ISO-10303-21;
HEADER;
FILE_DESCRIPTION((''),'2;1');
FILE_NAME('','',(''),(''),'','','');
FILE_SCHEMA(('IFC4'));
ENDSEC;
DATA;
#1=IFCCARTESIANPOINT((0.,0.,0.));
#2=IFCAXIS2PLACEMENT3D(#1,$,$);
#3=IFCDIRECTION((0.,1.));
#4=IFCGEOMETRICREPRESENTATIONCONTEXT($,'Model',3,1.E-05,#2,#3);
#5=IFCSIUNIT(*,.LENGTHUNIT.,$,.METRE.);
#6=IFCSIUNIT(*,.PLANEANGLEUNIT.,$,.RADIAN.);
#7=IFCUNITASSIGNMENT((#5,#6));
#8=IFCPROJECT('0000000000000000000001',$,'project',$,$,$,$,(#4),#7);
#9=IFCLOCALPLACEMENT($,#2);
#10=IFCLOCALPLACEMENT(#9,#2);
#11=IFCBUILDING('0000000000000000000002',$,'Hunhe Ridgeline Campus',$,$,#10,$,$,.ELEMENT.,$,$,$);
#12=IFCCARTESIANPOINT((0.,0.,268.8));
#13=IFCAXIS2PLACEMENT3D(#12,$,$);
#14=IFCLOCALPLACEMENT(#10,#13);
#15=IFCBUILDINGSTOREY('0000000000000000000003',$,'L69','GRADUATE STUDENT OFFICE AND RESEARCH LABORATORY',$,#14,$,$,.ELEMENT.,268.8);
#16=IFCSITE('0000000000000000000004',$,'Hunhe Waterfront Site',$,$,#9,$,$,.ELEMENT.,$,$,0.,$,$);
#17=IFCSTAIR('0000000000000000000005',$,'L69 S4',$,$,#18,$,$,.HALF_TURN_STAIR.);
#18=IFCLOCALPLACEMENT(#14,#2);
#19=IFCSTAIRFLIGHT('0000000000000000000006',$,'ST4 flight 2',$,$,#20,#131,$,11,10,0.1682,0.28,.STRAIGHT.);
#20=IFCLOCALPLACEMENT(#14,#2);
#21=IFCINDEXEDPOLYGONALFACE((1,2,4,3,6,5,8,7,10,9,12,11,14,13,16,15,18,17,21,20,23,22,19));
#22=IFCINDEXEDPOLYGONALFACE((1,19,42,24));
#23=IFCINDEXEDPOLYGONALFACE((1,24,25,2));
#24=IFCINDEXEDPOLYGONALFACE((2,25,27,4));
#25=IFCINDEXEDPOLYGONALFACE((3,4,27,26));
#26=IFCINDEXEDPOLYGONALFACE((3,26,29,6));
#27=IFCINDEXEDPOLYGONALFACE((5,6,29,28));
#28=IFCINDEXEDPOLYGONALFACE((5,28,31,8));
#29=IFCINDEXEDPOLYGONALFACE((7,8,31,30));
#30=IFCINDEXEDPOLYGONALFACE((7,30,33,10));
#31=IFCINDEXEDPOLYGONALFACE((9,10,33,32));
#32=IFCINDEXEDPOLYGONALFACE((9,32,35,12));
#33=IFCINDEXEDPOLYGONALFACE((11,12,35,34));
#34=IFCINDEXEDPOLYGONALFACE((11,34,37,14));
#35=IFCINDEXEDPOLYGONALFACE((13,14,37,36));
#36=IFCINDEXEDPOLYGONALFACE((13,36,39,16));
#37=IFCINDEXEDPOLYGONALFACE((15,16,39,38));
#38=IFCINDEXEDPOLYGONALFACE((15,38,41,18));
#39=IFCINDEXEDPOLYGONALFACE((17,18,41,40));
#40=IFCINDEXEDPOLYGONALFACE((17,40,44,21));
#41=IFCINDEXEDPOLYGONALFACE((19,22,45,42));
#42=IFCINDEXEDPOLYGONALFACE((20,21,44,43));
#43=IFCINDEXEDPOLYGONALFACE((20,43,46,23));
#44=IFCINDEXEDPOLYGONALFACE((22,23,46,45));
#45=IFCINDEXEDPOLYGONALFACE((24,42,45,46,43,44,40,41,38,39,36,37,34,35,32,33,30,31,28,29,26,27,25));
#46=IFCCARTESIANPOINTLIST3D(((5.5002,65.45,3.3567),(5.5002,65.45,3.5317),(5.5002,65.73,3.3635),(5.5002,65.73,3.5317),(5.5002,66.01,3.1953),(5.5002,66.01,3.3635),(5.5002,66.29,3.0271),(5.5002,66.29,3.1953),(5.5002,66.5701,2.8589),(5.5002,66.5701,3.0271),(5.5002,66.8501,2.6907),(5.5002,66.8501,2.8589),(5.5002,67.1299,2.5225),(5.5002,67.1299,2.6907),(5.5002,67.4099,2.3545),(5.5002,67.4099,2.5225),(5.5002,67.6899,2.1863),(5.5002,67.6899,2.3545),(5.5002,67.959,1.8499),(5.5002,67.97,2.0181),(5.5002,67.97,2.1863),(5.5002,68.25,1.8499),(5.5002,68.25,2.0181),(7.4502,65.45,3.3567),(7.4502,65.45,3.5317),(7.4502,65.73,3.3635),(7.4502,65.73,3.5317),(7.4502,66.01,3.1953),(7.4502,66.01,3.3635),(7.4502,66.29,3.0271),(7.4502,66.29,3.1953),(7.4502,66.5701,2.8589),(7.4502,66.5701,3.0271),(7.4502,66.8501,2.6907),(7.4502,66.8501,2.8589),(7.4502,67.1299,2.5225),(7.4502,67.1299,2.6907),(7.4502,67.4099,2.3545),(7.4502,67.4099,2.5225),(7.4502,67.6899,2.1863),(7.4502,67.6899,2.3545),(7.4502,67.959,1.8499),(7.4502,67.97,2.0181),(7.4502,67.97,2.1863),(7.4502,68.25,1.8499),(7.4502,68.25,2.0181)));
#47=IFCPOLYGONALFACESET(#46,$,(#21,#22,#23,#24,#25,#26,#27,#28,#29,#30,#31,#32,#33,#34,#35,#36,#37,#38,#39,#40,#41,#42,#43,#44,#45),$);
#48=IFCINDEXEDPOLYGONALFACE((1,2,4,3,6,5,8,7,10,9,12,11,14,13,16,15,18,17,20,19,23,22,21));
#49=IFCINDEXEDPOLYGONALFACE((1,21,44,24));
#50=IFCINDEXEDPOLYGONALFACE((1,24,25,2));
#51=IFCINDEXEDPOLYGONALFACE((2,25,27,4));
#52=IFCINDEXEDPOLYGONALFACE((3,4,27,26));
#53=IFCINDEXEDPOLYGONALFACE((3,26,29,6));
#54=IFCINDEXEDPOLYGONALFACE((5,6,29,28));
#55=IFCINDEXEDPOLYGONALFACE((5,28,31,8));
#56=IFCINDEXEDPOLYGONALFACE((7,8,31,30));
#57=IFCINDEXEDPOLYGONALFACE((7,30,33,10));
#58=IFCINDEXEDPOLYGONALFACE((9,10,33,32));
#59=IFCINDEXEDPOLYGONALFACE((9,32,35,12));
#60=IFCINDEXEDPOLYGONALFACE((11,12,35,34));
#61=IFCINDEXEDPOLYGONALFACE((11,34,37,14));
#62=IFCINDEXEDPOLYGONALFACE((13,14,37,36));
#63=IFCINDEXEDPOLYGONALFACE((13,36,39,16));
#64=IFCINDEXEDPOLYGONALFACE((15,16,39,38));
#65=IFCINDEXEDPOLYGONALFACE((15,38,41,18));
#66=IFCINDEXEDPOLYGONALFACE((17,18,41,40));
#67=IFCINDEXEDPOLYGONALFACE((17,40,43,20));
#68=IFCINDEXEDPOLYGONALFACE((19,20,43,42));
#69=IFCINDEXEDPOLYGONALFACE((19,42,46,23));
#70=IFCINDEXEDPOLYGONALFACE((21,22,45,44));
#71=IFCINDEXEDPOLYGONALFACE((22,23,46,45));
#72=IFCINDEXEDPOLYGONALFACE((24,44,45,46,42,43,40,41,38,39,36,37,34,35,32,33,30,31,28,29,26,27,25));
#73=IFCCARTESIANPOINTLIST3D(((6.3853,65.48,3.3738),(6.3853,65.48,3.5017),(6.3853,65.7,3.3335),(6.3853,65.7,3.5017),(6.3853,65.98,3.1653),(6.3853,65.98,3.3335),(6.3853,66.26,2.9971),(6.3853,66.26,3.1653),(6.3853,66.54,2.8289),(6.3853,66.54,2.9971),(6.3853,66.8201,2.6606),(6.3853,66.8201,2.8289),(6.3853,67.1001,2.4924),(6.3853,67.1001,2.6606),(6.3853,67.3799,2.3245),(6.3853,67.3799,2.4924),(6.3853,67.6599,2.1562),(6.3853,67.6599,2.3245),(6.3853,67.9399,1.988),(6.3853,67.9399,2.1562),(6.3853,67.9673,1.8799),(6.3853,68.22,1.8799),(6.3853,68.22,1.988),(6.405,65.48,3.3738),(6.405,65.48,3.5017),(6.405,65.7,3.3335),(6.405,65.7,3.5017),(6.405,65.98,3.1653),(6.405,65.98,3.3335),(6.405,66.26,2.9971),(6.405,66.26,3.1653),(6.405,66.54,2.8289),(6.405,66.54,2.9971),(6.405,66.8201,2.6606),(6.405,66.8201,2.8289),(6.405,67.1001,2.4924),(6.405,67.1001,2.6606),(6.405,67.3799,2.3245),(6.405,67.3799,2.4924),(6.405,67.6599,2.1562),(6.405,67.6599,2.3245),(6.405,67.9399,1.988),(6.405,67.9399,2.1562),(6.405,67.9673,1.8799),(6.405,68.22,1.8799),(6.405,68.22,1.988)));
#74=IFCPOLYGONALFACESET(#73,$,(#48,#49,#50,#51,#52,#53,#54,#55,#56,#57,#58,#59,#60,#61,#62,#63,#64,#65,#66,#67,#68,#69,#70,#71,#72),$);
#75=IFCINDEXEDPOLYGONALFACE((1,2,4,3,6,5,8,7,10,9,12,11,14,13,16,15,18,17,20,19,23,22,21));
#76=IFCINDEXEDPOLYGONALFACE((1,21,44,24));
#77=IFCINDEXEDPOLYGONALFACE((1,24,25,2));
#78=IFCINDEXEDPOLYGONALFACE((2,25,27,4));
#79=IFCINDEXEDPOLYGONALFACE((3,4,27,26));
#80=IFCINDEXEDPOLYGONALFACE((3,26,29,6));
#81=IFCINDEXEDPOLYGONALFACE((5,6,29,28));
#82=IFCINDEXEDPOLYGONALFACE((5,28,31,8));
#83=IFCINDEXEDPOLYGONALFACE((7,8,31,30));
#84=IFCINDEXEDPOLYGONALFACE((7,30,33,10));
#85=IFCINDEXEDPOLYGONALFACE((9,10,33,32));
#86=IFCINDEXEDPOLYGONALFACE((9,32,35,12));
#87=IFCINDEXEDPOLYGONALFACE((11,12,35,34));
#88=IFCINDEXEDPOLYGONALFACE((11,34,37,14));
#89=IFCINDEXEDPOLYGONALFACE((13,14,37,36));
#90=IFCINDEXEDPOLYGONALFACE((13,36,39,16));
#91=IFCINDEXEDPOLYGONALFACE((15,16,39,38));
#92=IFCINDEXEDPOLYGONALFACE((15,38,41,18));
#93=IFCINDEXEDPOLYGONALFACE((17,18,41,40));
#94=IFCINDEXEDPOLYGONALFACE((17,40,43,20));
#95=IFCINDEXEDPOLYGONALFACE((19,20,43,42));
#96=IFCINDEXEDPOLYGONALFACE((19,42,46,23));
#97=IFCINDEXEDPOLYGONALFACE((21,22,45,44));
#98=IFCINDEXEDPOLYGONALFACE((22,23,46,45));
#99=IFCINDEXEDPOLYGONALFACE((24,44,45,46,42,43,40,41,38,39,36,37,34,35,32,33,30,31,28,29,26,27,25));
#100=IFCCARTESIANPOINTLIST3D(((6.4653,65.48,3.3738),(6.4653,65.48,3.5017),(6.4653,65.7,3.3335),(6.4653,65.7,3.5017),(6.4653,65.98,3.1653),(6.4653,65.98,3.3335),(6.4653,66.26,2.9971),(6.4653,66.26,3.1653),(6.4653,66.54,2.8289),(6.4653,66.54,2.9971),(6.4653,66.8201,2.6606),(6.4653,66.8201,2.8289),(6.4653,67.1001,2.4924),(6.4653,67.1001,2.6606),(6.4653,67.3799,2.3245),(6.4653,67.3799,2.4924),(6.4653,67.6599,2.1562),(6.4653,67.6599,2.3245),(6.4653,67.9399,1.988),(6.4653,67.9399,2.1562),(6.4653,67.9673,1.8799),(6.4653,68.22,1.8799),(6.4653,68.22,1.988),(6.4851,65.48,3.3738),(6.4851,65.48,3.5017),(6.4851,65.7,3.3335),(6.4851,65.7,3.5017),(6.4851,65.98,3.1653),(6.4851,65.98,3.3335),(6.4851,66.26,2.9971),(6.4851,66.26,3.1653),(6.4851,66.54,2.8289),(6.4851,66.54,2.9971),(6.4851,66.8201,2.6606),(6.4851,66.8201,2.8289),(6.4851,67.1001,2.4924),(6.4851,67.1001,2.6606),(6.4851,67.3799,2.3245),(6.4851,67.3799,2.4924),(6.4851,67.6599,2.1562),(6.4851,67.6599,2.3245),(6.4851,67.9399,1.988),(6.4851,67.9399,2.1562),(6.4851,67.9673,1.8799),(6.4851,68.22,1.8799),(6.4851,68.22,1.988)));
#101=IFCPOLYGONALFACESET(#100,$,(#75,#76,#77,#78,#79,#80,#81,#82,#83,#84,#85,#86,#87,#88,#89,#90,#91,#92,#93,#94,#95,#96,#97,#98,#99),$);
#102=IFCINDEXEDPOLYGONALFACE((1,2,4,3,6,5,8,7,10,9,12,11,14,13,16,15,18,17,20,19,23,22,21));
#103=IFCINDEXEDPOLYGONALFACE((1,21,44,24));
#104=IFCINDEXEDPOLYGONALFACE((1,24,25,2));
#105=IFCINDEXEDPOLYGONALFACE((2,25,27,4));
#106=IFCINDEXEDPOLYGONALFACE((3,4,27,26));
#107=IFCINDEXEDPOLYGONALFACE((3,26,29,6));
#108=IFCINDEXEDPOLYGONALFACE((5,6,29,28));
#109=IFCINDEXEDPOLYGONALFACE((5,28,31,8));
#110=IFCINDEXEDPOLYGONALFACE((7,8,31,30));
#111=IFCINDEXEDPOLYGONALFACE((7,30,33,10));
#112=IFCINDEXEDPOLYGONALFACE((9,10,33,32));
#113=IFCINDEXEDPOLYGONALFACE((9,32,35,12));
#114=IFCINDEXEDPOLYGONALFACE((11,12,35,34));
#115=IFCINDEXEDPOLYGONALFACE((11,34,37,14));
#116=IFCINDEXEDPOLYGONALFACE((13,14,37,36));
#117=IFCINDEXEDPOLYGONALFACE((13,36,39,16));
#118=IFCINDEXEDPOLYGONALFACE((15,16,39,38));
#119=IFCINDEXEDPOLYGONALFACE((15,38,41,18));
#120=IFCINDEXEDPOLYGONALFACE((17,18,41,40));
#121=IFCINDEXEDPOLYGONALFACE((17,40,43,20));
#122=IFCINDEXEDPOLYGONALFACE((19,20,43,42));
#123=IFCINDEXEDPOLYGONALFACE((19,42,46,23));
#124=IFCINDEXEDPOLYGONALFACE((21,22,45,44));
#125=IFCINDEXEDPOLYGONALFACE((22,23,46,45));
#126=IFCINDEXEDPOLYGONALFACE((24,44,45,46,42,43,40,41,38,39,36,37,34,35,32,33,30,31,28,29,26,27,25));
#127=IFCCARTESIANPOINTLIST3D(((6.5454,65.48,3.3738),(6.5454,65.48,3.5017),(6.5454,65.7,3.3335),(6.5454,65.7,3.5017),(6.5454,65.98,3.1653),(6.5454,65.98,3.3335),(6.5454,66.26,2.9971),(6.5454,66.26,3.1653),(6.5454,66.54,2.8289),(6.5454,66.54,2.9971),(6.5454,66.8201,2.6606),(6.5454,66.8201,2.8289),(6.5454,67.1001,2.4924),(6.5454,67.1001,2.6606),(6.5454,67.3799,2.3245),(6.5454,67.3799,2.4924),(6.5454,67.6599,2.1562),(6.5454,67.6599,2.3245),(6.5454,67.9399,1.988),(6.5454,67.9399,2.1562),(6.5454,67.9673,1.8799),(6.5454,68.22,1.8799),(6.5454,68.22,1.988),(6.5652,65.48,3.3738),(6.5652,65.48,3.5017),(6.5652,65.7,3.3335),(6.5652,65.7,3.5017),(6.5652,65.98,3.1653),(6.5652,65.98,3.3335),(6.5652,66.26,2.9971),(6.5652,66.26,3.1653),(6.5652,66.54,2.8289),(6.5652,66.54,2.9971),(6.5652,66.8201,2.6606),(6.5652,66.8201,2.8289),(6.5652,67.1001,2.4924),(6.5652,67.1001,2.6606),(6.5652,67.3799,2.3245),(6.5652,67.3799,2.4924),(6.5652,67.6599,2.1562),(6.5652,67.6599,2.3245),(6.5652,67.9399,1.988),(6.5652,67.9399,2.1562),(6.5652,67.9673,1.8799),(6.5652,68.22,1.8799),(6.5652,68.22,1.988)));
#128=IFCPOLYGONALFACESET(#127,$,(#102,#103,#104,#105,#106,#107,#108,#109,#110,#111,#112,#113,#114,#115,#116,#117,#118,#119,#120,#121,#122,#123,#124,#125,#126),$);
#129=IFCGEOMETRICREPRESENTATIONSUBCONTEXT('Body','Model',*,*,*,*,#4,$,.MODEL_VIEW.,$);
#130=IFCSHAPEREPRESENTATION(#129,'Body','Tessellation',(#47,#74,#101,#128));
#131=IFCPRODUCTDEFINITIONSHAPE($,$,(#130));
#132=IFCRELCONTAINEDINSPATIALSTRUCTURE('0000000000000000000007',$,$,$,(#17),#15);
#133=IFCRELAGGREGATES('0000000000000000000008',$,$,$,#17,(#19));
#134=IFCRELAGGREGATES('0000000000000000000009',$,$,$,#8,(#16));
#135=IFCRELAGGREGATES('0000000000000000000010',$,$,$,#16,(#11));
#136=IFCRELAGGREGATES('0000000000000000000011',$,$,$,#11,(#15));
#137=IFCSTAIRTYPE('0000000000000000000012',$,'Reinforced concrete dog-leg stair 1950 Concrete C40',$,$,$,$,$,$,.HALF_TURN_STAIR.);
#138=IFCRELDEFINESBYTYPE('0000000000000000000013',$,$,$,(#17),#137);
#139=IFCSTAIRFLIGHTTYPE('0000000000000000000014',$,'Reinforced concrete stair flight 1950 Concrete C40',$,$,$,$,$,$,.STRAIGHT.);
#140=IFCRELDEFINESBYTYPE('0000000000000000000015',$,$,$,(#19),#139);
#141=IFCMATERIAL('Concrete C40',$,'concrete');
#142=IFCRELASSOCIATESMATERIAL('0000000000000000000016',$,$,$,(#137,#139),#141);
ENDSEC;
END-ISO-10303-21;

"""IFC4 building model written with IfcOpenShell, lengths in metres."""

from ifc_helpers import new_model, si_unit, direction, frame, origin, place, context, subcontext, project, spatial, polyline, outline, extrude, material, type_object, element, aggregate, save


model = new_model("IFC4")

# Units and contexts
model_context = context("Model", 3, precision=1e-05, world=origin(), true_north=direction((0.0, 1.0)))
body_context = subcontext(model_context, "Body", "Model", "MODEL_VIEW")
ifc_project = project(units=[si_unit("LENGTHUNIT", "METRE"), si_unit("PLANEANGLEUNIT", "RADIAN")], contexts=[model_context])

# Site, building, storey
site_placement = place(None, origin())
site = spatial("IfcSite", under=ifc_project, at=site_placement, Name="Hunhe Waterfront Site", CompositionType="ELEMENT", RefElevation=0.0)
building_placement = place(site_placement, origin())
building = spatial("IfcBuilding", under=site, at=building_placement, Name="Hunhe Ridgeline Campus", CompositionType="ELEMENT")
storey_placement = place(building_placement, frame((0.0, 0.0, 268.8)))
storey = spatial("IfcBuildingStorey", under=building, at=storey_placement, Name="L69", Description="GRADUATE STUDENT OFFICE AND RESEARCH LABORATORY", CompositionType="ELEMENT", Elevation=268.8)

# Stair, stair flight
ifc_material_1 = material(Name="Concrete C40", Category="concrete")
stair_type = type_object("IfcStairType", Name="Reinforced concrete dog-leg stair 1950 Concrete C40", PredefinedType="HALF_TURN_STAIR", material=ifc_material_1)
stair_flight_type = type_object("IfcStairFlightType", Name="Reinforced concrete stair flight 1950 Concrete C40", PredefinedType="STRAIGHT", material=ifc_material_1)
stair_1_placement = place(storey_placement, origin())
stair_1 = element("IfcStair", 1, at=stair_1_placement, inside=storey, type_object=stair_type, Name="L69 S4", PredefinedType="HALF_TURN_STAIR")
stair_flight_1_placement = place(storey_placement, frame((6.4751, 68.25, 1.8499), z_axis=(0.0, 0.0, 1.0), x_axis=(0.0, -1.0, 0.0)))
stair_flight_1 = element("IfcStairFlight", 2, at=stair_flight_1_placement, type_object=stair_flight_type, Name="ST4 flight 2", NumberOfRisers=11, NumberOfTreads=10, PredefinedType="STRAIGHT", RiserHeight=0.1682, TreadLength=0.28, context=body_context, shape_type="SweptSolid", body=[
    extrude(outline(polyline([(0.0, 0.0), (0.0, 0.1682), (0.28, 0.1682), (0.28, 0.3364), (0.5601, 0.3364), (0.5601, 0.5046), (0.8401, 0.5046), (0.8401, 0.6726), (1.1201, 0.6726), (1.1201, 0.8408), (1.3999, 0.8408), (1.3999, 1.009), (1.6799, 1.009), (1.6799, 1.1772), (1.96, 1.1772), (1.96, 1.3455), (2.24, 1.3455), (2.24, 1.5137), (2.52, 1.5137), (2.52, 1.6819), (2.8, 1.6819), (2.8, 1.8501), (2.8, 1.5068), (0.291, 0.0), (0.0, 0.0)])), frame((0.0, 0.9751, 0.0), z_axis=(0.0, -1.0, 0.0), x_axis=(1.0, 0.0, 0.0)), (0.0, 0.0, 1.0), 1.95),
    extrude(outline(polyline([(0.03, 0.03), (0.03, 0.1382), (0.3101, 0.1382), (0.3101, 0.3064), (0.5901, 0.3064), (0.5901, 0.4746), (0.8701, 0.4746), (0.8701, 0.6426), (1.1499, 0.6426), (1.1499, 0.8108), (1.4299, 0.8108), (1.4299, 0.979), (1.71, 0.979), (1.71, 1.1472), (1.99, 1.1472), (1.99, 1.3154), (2.27, 1.3154), (2.27, 1.4836), (2.55, 1.4836), (2.55, 1.6519), (2.77, 1.6519), (2.77, 1.5239), (0.2827, 0.03), (0.03, 0.03)])), frame((0.0, -0.0701, 0.0), z_axis=(0.0, -1.0, 0.0), x_axis=(1.0, 0.0, 0.0)), (0.0, 0.0, 1.0), 0.0198),
    extrude(outline(polyline([(0.03, 0.03), (0.03, 0.1382), (0.3101, 0.1382), (0.3101, 0.3064), (0.5901, 0.3064), (0.5901, 0.4746), (0.8701, 0.4746), (0.8701, 0.6426), (1.1499, 0.6426), (1.1499, 0.8108), (1.4299, 0.8108), (1.4299, 0.979), (1.71, 0.979), (1.71, 1.1472), (1.99, 1.1472), (1.99, 1.3154), (2.27, 1.3154), (2.27, 1.4836), (2.55, 1.4836), (2.55, 1.6519), (2.77, 1.6519), (2.77, 1.5239), (0.2827, 0.03), (0.03, 0.03)])), frame((0.0, 0.01, 0.0), z_axis=(0.0, -1.0, 0.0), x_axis=(1.0, 0.0, 0.0)), (0.0, 0.0, 1.0), 0.0198),
    extrude(outline(polyline([(0.03, 0.03), (0.03, 0.1382), (0.3101, 0.1382), (0.3101, 0.3064), (0.5901, 0.3064), (0.5901, 0.4746), (0.8701, 0.4746), (0.8701, 0.6426), (1.1499, 0.6426), (1.1499, 0.8108), (1.4299, 0.8108), (1.4299, 0.979), (1.71, 0.979), (1.71, 1.1472), (1.99, 1.1472), (1.99, 1.3154), (2.27, 1.3154), (2.27, 1.4836), (2.55, 1.4836), (2.55, 1.6519), (2.77, 1.6519), (2.77, 1.5239), (0.2827, 0.03), (0.03, 0.03)])), frame((0.0, 0.0901, 0.0), z_axis=(0.0, -1.0, 0.0), x_axis=(1.0, 0.0, 0.0)), (0.0, 0.0, 1.0), 0.0198),
])
aggregate(stair_1, [stair_flight_1])

save(model, "model.ifc")
